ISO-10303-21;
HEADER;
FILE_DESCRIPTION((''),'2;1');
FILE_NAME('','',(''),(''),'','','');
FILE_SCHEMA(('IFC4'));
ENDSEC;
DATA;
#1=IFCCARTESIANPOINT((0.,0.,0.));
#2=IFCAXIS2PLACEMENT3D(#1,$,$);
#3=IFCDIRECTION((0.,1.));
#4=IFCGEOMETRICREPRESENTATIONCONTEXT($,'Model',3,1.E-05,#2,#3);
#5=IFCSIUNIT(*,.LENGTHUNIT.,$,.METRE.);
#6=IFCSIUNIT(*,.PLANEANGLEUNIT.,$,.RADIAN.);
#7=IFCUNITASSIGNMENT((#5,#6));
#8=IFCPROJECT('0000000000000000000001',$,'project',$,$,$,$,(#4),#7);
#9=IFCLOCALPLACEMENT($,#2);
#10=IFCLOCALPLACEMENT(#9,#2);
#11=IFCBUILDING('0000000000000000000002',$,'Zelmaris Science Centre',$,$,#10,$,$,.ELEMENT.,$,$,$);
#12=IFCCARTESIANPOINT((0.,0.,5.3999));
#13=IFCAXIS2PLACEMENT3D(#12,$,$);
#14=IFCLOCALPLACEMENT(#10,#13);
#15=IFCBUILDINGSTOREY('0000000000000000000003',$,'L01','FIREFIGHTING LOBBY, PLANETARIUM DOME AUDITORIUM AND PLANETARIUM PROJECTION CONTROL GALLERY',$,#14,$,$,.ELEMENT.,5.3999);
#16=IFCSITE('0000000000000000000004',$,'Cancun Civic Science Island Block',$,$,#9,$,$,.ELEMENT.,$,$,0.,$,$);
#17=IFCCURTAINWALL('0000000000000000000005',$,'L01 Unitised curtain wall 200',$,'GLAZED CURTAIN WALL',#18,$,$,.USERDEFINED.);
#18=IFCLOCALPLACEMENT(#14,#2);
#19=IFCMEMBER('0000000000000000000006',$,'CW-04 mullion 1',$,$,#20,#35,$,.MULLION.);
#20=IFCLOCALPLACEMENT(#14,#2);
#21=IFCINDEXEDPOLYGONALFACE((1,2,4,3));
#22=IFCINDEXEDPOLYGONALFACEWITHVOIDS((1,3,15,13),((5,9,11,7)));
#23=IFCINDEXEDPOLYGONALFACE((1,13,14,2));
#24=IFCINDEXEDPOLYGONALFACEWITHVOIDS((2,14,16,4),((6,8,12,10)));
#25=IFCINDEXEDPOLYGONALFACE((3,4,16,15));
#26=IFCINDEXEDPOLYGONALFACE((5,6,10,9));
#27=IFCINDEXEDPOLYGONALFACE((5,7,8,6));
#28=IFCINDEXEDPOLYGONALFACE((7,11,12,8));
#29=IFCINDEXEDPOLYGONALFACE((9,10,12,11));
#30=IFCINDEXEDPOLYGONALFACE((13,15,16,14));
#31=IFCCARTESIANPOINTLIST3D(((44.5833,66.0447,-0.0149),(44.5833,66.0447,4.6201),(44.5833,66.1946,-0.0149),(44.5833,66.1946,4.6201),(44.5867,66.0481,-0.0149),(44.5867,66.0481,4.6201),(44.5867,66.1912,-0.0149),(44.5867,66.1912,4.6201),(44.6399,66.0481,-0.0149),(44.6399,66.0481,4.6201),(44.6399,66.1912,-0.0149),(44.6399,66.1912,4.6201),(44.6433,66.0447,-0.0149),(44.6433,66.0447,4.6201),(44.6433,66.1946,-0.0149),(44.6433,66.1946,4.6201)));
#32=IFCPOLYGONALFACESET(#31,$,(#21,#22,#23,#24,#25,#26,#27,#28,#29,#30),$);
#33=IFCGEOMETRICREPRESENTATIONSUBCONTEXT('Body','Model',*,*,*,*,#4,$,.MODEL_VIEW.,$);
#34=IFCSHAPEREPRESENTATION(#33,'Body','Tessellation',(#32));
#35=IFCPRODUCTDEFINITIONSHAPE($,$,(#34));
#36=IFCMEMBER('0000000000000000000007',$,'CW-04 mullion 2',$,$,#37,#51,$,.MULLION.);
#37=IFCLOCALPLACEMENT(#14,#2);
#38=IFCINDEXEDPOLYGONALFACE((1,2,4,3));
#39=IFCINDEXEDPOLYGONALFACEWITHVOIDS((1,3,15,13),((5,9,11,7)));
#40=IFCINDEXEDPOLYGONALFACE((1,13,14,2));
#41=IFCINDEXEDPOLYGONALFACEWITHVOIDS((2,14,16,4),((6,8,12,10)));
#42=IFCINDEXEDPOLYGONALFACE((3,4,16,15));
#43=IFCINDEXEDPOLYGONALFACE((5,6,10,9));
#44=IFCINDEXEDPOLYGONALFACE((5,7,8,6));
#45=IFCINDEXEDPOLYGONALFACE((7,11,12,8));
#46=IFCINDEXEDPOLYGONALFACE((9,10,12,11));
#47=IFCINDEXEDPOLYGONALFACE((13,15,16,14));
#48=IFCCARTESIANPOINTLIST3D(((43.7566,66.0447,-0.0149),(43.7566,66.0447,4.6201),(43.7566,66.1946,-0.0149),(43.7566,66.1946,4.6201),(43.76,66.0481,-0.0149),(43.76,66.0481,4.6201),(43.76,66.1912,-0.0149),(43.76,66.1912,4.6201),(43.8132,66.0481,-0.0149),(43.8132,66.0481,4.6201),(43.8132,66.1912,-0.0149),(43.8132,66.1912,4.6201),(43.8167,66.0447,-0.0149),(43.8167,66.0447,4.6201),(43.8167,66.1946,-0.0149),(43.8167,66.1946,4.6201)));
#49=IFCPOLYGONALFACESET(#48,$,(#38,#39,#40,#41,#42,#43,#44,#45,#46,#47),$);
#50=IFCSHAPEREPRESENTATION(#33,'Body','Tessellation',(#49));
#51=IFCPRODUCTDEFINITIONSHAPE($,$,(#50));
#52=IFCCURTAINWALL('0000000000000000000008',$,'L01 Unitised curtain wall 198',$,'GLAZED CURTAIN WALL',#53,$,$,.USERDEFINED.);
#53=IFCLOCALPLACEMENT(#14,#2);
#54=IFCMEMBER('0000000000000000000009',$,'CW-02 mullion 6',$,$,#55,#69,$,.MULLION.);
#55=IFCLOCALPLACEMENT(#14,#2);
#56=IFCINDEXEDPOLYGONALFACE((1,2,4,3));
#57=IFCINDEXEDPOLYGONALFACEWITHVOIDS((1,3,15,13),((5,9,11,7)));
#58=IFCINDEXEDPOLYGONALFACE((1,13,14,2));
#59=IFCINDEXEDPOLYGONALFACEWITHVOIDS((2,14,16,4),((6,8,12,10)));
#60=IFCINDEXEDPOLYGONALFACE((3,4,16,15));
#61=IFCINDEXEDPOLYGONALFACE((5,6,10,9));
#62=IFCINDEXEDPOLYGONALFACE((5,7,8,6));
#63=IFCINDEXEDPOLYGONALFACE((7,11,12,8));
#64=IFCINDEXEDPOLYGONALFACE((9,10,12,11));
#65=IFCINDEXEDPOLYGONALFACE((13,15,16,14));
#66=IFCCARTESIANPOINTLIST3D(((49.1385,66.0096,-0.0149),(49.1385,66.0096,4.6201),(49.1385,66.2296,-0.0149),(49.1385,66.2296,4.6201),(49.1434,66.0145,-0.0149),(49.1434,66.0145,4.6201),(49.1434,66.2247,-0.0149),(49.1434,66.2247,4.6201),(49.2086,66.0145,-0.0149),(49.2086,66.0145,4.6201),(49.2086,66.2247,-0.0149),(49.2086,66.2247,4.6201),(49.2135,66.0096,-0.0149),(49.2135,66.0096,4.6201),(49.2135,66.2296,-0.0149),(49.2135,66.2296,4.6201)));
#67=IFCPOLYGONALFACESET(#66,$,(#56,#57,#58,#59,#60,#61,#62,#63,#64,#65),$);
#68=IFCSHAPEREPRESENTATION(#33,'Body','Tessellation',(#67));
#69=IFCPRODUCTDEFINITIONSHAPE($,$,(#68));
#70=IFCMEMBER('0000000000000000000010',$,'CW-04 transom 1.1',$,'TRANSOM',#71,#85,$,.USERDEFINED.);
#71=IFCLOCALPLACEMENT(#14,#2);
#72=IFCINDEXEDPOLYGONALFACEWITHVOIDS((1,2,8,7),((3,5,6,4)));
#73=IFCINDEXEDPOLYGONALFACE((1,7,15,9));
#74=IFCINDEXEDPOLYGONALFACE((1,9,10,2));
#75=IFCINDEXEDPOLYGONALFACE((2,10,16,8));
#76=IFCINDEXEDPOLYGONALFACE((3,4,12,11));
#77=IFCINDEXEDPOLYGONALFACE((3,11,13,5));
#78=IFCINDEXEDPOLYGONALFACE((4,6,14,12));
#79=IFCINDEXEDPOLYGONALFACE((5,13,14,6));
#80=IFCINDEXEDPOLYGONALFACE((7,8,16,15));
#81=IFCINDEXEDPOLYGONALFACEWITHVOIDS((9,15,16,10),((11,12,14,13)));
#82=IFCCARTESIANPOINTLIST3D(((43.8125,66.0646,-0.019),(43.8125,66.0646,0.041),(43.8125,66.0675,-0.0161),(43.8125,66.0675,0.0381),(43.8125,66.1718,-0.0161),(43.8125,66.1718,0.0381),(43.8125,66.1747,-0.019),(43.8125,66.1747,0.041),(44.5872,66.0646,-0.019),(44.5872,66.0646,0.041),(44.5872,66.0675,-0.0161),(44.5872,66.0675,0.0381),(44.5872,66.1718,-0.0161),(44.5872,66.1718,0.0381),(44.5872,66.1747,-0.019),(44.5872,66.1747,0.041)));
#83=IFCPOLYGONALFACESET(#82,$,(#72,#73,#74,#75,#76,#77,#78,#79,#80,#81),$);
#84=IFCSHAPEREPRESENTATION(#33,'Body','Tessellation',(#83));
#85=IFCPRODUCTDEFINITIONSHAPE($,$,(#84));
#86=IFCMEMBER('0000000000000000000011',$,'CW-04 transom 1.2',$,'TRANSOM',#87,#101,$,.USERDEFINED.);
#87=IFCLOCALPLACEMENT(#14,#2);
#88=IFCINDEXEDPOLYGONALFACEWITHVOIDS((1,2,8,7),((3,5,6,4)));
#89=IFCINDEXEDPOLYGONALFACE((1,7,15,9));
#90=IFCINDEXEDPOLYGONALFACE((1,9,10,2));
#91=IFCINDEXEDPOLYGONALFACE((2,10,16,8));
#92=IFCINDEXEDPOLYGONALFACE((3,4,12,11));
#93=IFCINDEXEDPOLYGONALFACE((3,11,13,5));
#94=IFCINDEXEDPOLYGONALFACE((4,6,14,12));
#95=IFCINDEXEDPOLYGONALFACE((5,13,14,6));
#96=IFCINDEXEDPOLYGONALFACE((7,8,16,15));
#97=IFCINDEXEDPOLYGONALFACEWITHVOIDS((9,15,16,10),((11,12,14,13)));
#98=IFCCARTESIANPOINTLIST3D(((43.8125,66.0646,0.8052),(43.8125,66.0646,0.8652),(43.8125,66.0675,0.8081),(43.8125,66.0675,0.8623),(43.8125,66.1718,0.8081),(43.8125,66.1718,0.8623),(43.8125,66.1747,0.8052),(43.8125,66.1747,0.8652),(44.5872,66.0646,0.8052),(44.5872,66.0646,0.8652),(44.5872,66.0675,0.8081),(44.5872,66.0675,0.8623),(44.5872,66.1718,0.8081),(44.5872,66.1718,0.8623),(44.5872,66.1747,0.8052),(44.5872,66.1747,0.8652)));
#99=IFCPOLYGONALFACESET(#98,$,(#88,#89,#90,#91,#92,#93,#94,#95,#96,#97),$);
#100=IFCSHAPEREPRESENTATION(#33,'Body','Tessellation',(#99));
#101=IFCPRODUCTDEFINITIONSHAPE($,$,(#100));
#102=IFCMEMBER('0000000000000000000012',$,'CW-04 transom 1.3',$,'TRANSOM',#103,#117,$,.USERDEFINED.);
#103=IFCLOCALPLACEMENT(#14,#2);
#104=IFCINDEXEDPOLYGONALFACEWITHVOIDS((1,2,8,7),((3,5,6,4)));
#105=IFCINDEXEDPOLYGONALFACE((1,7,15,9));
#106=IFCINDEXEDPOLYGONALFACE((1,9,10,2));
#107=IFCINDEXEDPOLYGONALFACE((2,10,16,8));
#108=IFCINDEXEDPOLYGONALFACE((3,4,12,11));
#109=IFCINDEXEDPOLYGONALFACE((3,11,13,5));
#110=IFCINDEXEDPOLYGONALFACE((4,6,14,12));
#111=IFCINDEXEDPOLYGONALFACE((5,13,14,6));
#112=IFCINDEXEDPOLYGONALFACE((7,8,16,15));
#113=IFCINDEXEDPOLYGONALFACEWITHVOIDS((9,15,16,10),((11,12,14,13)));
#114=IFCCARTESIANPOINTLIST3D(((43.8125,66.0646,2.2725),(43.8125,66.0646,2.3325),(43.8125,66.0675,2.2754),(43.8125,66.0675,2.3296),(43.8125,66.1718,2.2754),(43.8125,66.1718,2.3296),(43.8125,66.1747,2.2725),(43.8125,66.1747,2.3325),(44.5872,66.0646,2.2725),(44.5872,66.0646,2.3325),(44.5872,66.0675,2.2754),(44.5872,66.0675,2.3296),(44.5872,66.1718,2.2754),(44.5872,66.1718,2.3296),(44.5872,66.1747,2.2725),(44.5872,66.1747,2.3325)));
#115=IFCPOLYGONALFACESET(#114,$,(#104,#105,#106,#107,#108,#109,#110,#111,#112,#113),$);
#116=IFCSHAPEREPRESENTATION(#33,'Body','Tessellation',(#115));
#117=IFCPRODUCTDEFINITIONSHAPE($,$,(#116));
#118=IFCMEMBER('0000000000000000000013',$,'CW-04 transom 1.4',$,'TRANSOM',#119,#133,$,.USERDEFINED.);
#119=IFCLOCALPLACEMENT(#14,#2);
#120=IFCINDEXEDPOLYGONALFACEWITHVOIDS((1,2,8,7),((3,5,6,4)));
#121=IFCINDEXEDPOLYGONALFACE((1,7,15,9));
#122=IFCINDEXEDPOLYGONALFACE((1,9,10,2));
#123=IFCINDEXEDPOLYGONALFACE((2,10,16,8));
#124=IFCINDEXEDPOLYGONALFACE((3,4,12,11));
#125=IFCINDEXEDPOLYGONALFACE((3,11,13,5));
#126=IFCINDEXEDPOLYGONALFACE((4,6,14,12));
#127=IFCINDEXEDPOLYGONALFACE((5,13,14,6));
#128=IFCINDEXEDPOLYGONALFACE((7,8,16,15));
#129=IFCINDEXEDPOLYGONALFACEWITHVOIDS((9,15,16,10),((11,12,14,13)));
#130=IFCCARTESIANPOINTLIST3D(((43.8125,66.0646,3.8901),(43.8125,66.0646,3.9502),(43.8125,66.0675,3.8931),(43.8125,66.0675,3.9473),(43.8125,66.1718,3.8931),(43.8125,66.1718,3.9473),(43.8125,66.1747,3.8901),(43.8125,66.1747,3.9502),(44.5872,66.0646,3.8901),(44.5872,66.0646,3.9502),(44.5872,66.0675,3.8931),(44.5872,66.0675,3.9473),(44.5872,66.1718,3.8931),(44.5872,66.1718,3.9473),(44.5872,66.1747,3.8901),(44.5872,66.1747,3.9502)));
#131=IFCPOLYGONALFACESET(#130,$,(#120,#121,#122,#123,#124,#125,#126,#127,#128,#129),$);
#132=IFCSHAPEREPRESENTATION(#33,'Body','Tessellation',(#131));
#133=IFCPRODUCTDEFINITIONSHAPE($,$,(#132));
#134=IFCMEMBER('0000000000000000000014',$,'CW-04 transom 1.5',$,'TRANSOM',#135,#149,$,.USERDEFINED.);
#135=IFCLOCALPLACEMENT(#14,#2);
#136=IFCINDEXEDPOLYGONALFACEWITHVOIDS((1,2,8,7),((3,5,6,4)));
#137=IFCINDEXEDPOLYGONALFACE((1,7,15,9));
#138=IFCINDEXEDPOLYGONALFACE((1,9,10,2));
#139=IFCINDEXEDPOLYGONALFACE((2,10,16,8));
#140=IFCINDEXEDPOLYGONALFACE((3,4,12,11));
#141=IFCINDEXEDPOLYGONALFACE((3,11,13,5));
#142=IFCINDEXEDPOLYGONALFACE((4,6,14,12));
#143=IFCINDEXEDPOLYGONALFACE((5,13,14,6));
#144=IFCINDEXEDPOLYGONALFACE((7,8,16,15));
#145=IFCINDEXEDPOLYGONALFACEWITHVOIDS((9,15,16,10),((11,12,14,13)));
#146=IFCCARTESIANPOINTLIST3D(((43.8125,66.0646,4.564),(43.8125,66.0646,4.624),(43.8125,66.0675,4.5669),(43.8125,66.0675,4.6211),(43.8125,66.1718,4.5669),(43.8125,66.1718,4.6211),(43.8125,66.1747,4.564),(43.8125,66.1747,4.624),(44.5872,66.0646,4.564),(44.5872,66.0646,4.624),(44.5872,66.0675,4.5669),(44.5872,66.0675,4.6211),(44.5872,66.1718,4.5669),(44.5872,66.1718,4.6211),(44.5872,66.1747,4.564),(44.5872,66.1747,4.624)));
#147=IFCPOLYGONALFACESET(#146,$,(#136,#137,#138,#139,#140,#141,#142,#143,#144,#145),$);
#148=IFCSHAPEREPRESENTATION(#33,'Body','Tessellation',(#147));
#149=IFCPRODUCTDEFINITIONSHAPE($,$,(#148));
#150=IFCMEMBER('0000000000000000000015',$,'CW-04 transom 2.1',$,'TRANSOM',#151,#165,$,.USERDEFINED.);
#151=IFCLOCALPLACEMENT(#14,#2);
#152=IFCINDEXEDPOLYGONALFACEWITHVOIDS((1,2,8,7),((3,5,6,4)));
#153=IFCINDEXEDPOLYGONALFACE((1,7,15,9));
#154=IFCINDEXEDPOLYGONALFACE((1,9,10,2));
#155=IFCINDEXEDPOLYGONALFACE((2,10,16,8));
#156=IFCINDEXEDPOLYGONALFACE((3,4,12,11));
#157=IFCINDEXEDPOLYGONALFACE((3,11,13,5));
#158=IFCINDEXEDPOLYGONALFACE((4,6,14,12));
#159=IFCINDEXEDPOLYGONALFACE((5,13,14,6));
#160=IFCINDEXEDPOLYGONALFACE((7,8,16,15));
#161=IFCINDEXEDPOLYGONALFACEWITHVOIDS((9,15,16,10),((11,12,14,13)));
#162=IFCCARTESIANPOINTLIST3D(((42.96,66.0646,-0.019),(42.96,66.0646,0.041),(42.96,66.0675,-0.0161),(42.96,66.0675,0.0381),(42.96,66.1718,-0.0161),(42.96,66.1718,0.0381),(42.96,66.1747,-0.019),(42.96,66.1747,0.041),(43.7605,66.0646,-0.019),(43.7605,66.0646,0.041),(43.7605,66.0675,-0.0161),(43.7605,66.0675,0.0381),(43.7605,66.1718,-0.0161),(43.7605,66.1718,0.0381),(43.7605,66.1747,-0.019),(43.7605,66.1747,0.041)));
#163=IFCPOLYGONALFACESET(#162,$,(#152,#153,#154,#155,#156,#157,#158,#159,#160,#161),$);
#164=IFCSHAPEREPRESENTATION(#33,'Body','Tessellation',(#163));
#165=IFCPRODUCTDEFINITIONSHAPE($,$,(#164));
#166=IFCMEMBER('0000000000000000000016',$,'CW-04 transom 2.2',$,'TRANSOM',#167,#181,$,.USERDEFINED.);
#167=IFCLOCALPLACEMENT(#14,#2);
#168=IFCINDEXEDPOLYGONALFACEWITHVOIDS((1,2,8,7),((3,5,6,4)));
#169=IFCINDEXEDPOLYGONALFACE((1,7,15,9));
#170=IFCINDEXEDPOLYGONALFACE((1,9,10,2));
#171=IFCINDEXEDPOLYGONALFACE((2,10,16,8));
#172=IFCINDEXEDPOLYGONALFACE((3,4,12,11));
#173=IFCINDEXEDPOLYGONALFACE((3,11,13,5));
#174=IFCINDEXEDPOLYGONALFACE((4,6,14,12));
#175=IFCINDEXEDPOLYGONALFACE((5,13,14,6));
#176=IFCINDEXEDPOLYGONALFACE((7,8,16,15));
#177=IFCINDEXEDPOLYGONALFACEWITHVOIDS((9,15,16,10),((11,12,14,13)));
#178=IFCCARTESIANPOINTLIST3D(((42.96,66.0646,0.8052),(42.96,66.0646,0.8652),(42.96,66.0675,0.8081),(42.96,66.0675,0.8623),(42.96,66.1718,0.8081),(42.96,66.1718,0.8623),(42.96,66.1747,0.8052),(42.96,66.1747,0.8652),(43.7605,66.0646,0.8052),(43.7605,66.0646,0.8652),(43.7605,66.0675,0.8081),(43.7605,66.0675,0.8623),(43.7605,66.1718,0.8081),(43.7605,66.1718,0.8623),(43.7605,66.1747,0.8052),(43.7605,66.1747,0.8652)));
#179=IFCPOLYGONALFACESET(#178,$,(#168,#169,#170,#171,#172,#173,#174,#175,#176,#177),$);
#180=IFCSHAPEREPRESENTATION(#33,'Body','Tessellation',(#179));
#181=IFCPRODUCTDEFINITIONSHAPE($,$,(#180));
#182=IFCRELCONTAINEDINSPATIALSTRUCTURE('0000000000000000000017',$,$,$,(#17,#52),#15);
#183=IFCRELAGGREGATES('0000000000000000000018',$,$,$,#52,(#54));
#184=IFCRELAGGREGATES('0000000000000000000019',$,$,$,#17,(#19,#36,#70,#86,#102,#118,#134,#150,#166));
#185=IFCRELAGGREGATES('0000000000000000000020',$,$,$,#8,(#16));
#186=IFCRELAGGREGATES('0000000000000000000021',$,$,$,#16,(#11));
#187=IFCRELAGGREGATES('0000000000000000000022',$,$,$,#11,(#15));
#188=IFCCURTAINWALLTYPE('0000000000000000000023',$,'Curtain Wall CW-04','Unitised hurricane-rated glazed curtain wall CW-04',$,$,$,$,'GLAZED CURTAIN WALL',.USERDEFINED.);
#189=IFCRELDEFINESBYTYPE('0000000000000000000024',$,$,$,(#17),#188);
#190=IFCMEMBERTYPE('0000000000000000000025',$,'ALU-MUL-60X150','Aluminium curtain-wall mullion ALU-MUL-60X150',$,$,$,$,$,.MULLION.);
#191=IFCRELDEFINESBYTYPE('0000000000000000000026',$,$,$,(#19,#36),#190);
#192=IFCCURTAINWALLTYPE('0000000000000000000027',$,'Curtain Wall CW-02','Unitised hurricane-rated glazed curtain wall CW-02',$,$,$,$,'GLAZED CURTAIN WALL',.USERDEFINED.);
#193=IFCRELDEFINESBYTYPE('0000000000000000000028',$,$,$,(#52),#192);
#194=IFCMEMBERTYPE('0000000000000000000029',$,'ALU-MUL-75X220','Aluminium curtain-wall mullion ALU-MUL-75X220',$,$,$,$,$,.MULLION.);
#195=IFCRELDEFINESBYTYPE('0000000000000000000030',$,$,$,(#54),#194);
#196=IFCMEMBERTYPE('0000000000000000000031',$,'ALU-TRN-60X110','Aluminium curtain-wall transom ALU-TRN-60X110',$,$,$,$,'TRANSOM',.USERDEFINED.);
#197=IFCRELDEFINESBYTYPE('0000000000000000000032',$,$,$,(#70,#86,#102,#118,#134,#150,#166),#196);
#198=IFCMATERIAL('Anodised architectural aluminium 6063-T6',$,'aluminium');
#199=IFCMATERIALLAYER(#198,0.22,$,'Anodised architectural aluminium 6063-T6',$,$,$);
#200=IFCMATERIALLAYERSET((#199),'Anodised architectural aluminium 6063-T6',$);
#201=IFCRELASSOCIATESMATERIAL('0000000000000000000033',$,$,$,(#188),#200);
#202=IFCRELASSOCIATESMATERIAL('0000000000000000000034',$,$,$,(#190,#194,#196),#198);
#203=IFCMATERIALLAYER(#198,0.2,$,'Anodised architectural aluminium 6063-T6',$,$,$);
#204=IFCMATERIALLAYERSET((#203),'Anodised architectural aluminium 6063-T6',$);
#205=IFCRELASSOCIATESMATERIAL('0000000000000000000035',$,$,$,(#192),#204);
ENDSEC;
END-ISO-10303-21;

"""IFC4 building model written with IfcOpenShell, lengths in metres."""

from ifc_helpers import new_model, si_unit, direction, frame, origin, origin_2d, place, context, subcontext, project, spatial, hollow_rectangle, extrude, material, layer, layer_set, material_profile, profile_set, type_object, element, aggregate, save


model = new_model("IFC4")

# Units and contexts
model_context = context("Model", 3, precision=1e-05, world=origin(), true_north=direction((0.0, 1.0)))
body_context = subcontext(model_context, "Body", "Model", "MODEL_VIEW")
ifc_project = project(units=[si_unit("LENGTHUNIT", "METRE"), si_unit("PLANEANGLEUNIT", "RADIAN")], contexts=[model_context])

# Site, building, storey
site_placement = place(None, origin())
site = spatial("IfcSite", under=ifc_project, at=site_placement, Name="Cancun Civic Science Island Block", CompositionType="ELEMENT", RefElevation=0.0)
building_placement = place(site_placement, origin())
building = spatial("IfcBuilding", under=site, at=building_placement, Name="Zelmaris Science Centre", CompositionType="ELEMENT")
storey_placement = place(building_placement, frame((0.0, 0.0, 5.3999)))
storey = spatial("IfcBuildingStorey", under=building, at=storey_placement, Name="L01", Description="FIREFIGHTING LOBBY, PLANETARIUM DOME AUDITORIUM AND PLANETARIUM PROJECTION CONTROL GALLERY", CompositionType="ELEMENT", Elevation=5.3999)

# Curtain wall, members
ifc_material_1 = material(Name="Anodised architectural aluminium 6063-T6", Category="aluminium")
ifc_layer_1 = layer(ifc_material_1, 0.22, Name="Anodised architectural aluminium 6063-T6")
ifc_layer_set_1 = layer_set([ifc_layer_1], Name="Anodised architectural aluminium 6063-T6")
curtain_wall_type_1 = type_object("IfcCurtainWallType", Name="Curtain Wall CW-04", Description="Unitised hurricane-rated glazed curtain wall CW-04", ElementType="GLAZED CURTAIN WALL", PredefinedType="USERDEFINED", material=ifc_layer_set_1)
curtain_wall_1_placement = place(storey_placement, origin())
curtain_wall_1 = element("IfcCurtainWall", 1, at=curtain_wall_1_placement, inside=storey, type_object=curtain_wall_type_1, Name="L01 Unitised curtain wall 200", ObjectType="GLAZED CURTAIN WALL", PredefinedType="USERDEFINED")
ifc_material_profile_1 = material_profile(ifc_material_1, hollow_rectangle(XDim=0.0601, YDim=0.1499, WallThickness=0.0034, at=origin_2d()), Name="ALU-MUL-60X150")
ifc_profile_set_1 = profile_set([ifc_material_profile_1], Name="Anodised architectural aluminium 6063-T6")
member_type_1 = type_object("IfcMemberType", Name="ALU-MUL-60X150", Description="Aluminium curtain-wall mullion ALU-MUL-60X150", PredefinedType="MULLION", material=ifc_profile_set_1)
member_1_placement = place(storey_placement, frame((44.6133, 66.1196, -0.0149), z_axis=(0.0, 0.0, 1.0), x_axis=(-1.0, 0.0, 0.0)))
member_1 = element("IfcMember", 2, at=member_1_placement, type_object=member_type_1, Name="CW-04 mullion 1", PredefinedType="MULLION", context=body_context, shape_type="SweptSolid", body=[
    extrude(hollow_rectangle(XDim=0.0601, YDim=0.1499, WallThickness=0.0034, at=origin_2d()), origin(), (0.0, 0.0, 1.0), 4.635),
])
member_2_placement = place(storey_placement, frame((43.7866, 66.1196, -0.0149), z_axis=(0.0, 0.0, 1.0), x_axis=(-1.0, 0.0, 0.0)))
member_2 = element("IfcMember", 3, at=member_2_placement, type_object=member_type_1, Name="CW-04 mullion 2", PredefinedType="MULLION", context=body_context, shape_type="SweptSolid", body=[
    extrude(hollow_rectangle(XDim=0.0601, YDim=0.1499, WallThickness=0.0034, at=origin_2d()), origin(), (0.0, 0.0, 1.0), 4.635),
])

# Curtain wall, member
ifc_layer_2 = layer(ifc_material_1, 0.2, Name="Anodised architectural aluminium 6063-T6")
ifc_layer_set_2 = layer_set([ifc_layer_2], Name="Anodised architectural aluminium 6063-T6")
curtain_wall_type_2 = type_object("IfcCurtainWallType", Name="Curtain Wall CW-02", Description="Unitised hurricane-rated glazed curtain wall CW-02", ElementType="GLAZED CURTAIN WALL", PredefinedType="USERDEFINED", material=ifc_layer_set_2)
curtain_wall_2_placement = place(storey_placement, origin())
curtain_wall_2 = element("IfcCurtainWall", 4, at=curtain_wall_2_placement, inside=storey, type_object=curtain_wall_type_2, Name="L01 Unitised curtain wall 198", ObjectType="GLAZED CURTAIN WALL", PredefinedType="USERDEFINED")
ifc_material_profile_2 = material_profile(ifc_material_1, hollow_rectangle(XDim=0.075, YDim=0.22, WallThickness=0.0049, at=origin_2d()), Name="ALU-MUL-75X220")
ifc_profile_set_2 = profile_set([ifc_material_profile_2], Name="Anodised architectural aluminium 6063-T6")
member_type_2 = type_object("IfcMemberType", Name="ALU-MUL-75X220", Description="Aluminium curtain-wall mullion ALU-MUL-75X220", PredefinedType="MULLION", material=ifc_profile_set_2)
member_3_placement = place(storey_placement, frame((49.176, 66.1196, -0.0149), z_axis=(0.0, 0.0, 1.0), x_axis=(-1.0, 0.0, 0.0)))
member_3 = element("IfcMember", 5, at=member_3_placement, type_object=member_type_2, Name="CW-02 mullion 6", PredefinedType="MULLION", context=body_context, shape_type="SweptSolid", body=[
    extrude(hollow_rectangle(XDim=0.075, YDim=0.22, WallThickness=0.0049, at=origin_2d()), origin(), (0.0, 0.0, 1.0), 4.635),
])

# Members
ifc_material_profile_3 = material_profile(ifc_material_1, hollow_rectangle(XDim=0.0601, YDim=0.1101, WallThickness=0.0029, at=origin_2d()), Name="ALU-TRN-60X110")
ifc_profile_set_3 = profile_set([ifc_material_profile_3], Name="Anodised architectural aluminium 6063-T6")
member_type_3 = type_object("IfcMemberType", Name="ALU-TRN-60X110", Description="Aluminium curtain-wall transom ALU-TRN-60X110", ElementType="TRANSOM", PredefinedType="USERDEFINED", material=ifc_profile_set_3)
member_4_placement = place(storey_placement, frame((44.5872, 66.1196, 0.011), z_axis=(-1.0, 0.0, 0.0), x_axis=(0.0, 0.0, 1.0)))
member_4 = element("IfcMember", 6, at=member_4_placement, type_object=member_type_3, Name="CW-04 transom 1.1", ObjectType="TRANSOM", PredefinedType="USERDEFINED", context=body_context, shape_type="SweptSolid", body=[
    extrude(hollow_rectangle(XDim=0.0601, YDim=0.1101, WallThickness=0.0029, at=origin_2d()), origin(), (0.0, 0.0, 1.0), 0.7747),
])
member_5_placement = place(storey_placement, frame((44.5872, 66.1196, 0.8352), z_axis=(-1.0, 0.0, 0.0), x_axis=(0.0, 0.0, 1.0)))
member_5 = element("IfcMember", 7, at=member_5_placement, type_object=member_type_3, Name="CW-04 transom 1.2", ObjectType="TRANSOM", PredefinedType="USERDEFINED", context=body_context, shape_type="SweptSolid", body=[
    extrude(hollow_rectangle(XDim=0.0601, YDim=0.1101, WallThickness=0.0029, at=origin_2d()), origin(), (0.0, 0.0, 1.0), 0.7747),
])
member_6_placement = place(storey_placement, frame((44.5872, 66.1196, 2.3025), z_axis=(-1.0, 0.0, 0.0), x_axis=(0.0, 0.0, 1.0)))
member_6 = element("IfcMember", 8, at=member_6_placement, type_object=member_type_3, Name="CW-04 transom 1.3", ObjectType="TRANSOM", PredefinedType="USERDEFINED", context=body_context, shape_type="SweptSolid", body=[
    extrude(hollow_rectangle(XDim=0.0601, YDim=0.1101, WallThickness=0.0029, at=origin_2d()), origin(), (0.0, 0.0, 1.0), 0.7747),
])
member_7_placement = place(storey_placement, frame((44.5872, 66.1196, 3.9202), z_axis=(-1.0, 0.0, 0.0), x_axis=(0.0, 0.0, 1.0)))
member_7 = element("IfcMember", 9, at=member_7_placement, type_object=member_type_3, Name="CW-04 transom 1.4", ObjectType="TRANSOM", PredefinedType="USERDEFINED", context=body_context, shape_type="SweptSolid", body=[
    extrude(hollow_rectangle(XDim=0.0601, YDim=0.1101, WallThickness=0.0029, at=origin_2d()), origin(), (0.0, 0.0, 1.0), 0.7747),
])
member_8_placement = place(storey_placement, frame((44.5872, 66.1196, 4.594), z_axis=(-1.0, 0.0, 0.0), x_axis=(0.0, 0.0, 1.0)))
member_8 = element("IfcMember", 10, at=member_8_placement, type_object=member_type_3, Name="CW-04 transom 1.5", ObjectType="TRANSOM", PredefinedType="USERDEFINED", context=body_context, shape_type="SweptSolid", body=[
    extrude(hollow_rectangle(XDim=0.0601, YDim=0.1101, WallThickness=0.0029, at=origin_2d()), origin(), (0.0, 0.0, 1.0), 0.7747),
])
member_9_placement = place(storey_placement, frame((43.7605, 66.1196, 0.011), z_axis=(-1.0, 0.0, 0.0), x_axis=(0.0, 0.0, 1.0)))
member_9 = element("IfcMember", 11, at=member_9_placement, type_object=member_type_3, Name="CW-04 transom 2.1", ObjectType="TRANSOM", PredefinedType="USERDEFINED", context=body_context, shape_type="SweptSolid", body=[
    extrude(hollow_rectangle(XDim=0.0601, YDim=0.1101, WallThickness=0.0029, at=origin_2d()), origin(), (0.0, 0.0, 1.0), 0.8005),
])
member_10_placement = place(storey_placement, frame((43.7605, 66.1196, 0.8352), z_axis=(-1.0, 0.0, 0.0), x_axis=(0.0, 0.0, 1.0)))
member_10 = element("IfcMember", 12, at=member_10_placement, type_object=member_type_3, Name="CW-04 transom 2.2", ObjectType="TRANSOM", PredefinedType="USERDEFINED", context=body_context, shape_type="SweptSolid", body=[
    extrude(hollow_rectangle(XDim=0.0601, YDim=0.1101, WallThickness=0.0029, at=origin_2d()), origin(), (0.0, 0.0, 1.0), 0.8005),
])

aggregate(curtain_wall_2, [member_3])
aggregate(curtain_wall_1, [member_1, member_2, member_4, member_5, member_6, member_7, member_8, member_9, member_10])

save(model, "model.ifc")
